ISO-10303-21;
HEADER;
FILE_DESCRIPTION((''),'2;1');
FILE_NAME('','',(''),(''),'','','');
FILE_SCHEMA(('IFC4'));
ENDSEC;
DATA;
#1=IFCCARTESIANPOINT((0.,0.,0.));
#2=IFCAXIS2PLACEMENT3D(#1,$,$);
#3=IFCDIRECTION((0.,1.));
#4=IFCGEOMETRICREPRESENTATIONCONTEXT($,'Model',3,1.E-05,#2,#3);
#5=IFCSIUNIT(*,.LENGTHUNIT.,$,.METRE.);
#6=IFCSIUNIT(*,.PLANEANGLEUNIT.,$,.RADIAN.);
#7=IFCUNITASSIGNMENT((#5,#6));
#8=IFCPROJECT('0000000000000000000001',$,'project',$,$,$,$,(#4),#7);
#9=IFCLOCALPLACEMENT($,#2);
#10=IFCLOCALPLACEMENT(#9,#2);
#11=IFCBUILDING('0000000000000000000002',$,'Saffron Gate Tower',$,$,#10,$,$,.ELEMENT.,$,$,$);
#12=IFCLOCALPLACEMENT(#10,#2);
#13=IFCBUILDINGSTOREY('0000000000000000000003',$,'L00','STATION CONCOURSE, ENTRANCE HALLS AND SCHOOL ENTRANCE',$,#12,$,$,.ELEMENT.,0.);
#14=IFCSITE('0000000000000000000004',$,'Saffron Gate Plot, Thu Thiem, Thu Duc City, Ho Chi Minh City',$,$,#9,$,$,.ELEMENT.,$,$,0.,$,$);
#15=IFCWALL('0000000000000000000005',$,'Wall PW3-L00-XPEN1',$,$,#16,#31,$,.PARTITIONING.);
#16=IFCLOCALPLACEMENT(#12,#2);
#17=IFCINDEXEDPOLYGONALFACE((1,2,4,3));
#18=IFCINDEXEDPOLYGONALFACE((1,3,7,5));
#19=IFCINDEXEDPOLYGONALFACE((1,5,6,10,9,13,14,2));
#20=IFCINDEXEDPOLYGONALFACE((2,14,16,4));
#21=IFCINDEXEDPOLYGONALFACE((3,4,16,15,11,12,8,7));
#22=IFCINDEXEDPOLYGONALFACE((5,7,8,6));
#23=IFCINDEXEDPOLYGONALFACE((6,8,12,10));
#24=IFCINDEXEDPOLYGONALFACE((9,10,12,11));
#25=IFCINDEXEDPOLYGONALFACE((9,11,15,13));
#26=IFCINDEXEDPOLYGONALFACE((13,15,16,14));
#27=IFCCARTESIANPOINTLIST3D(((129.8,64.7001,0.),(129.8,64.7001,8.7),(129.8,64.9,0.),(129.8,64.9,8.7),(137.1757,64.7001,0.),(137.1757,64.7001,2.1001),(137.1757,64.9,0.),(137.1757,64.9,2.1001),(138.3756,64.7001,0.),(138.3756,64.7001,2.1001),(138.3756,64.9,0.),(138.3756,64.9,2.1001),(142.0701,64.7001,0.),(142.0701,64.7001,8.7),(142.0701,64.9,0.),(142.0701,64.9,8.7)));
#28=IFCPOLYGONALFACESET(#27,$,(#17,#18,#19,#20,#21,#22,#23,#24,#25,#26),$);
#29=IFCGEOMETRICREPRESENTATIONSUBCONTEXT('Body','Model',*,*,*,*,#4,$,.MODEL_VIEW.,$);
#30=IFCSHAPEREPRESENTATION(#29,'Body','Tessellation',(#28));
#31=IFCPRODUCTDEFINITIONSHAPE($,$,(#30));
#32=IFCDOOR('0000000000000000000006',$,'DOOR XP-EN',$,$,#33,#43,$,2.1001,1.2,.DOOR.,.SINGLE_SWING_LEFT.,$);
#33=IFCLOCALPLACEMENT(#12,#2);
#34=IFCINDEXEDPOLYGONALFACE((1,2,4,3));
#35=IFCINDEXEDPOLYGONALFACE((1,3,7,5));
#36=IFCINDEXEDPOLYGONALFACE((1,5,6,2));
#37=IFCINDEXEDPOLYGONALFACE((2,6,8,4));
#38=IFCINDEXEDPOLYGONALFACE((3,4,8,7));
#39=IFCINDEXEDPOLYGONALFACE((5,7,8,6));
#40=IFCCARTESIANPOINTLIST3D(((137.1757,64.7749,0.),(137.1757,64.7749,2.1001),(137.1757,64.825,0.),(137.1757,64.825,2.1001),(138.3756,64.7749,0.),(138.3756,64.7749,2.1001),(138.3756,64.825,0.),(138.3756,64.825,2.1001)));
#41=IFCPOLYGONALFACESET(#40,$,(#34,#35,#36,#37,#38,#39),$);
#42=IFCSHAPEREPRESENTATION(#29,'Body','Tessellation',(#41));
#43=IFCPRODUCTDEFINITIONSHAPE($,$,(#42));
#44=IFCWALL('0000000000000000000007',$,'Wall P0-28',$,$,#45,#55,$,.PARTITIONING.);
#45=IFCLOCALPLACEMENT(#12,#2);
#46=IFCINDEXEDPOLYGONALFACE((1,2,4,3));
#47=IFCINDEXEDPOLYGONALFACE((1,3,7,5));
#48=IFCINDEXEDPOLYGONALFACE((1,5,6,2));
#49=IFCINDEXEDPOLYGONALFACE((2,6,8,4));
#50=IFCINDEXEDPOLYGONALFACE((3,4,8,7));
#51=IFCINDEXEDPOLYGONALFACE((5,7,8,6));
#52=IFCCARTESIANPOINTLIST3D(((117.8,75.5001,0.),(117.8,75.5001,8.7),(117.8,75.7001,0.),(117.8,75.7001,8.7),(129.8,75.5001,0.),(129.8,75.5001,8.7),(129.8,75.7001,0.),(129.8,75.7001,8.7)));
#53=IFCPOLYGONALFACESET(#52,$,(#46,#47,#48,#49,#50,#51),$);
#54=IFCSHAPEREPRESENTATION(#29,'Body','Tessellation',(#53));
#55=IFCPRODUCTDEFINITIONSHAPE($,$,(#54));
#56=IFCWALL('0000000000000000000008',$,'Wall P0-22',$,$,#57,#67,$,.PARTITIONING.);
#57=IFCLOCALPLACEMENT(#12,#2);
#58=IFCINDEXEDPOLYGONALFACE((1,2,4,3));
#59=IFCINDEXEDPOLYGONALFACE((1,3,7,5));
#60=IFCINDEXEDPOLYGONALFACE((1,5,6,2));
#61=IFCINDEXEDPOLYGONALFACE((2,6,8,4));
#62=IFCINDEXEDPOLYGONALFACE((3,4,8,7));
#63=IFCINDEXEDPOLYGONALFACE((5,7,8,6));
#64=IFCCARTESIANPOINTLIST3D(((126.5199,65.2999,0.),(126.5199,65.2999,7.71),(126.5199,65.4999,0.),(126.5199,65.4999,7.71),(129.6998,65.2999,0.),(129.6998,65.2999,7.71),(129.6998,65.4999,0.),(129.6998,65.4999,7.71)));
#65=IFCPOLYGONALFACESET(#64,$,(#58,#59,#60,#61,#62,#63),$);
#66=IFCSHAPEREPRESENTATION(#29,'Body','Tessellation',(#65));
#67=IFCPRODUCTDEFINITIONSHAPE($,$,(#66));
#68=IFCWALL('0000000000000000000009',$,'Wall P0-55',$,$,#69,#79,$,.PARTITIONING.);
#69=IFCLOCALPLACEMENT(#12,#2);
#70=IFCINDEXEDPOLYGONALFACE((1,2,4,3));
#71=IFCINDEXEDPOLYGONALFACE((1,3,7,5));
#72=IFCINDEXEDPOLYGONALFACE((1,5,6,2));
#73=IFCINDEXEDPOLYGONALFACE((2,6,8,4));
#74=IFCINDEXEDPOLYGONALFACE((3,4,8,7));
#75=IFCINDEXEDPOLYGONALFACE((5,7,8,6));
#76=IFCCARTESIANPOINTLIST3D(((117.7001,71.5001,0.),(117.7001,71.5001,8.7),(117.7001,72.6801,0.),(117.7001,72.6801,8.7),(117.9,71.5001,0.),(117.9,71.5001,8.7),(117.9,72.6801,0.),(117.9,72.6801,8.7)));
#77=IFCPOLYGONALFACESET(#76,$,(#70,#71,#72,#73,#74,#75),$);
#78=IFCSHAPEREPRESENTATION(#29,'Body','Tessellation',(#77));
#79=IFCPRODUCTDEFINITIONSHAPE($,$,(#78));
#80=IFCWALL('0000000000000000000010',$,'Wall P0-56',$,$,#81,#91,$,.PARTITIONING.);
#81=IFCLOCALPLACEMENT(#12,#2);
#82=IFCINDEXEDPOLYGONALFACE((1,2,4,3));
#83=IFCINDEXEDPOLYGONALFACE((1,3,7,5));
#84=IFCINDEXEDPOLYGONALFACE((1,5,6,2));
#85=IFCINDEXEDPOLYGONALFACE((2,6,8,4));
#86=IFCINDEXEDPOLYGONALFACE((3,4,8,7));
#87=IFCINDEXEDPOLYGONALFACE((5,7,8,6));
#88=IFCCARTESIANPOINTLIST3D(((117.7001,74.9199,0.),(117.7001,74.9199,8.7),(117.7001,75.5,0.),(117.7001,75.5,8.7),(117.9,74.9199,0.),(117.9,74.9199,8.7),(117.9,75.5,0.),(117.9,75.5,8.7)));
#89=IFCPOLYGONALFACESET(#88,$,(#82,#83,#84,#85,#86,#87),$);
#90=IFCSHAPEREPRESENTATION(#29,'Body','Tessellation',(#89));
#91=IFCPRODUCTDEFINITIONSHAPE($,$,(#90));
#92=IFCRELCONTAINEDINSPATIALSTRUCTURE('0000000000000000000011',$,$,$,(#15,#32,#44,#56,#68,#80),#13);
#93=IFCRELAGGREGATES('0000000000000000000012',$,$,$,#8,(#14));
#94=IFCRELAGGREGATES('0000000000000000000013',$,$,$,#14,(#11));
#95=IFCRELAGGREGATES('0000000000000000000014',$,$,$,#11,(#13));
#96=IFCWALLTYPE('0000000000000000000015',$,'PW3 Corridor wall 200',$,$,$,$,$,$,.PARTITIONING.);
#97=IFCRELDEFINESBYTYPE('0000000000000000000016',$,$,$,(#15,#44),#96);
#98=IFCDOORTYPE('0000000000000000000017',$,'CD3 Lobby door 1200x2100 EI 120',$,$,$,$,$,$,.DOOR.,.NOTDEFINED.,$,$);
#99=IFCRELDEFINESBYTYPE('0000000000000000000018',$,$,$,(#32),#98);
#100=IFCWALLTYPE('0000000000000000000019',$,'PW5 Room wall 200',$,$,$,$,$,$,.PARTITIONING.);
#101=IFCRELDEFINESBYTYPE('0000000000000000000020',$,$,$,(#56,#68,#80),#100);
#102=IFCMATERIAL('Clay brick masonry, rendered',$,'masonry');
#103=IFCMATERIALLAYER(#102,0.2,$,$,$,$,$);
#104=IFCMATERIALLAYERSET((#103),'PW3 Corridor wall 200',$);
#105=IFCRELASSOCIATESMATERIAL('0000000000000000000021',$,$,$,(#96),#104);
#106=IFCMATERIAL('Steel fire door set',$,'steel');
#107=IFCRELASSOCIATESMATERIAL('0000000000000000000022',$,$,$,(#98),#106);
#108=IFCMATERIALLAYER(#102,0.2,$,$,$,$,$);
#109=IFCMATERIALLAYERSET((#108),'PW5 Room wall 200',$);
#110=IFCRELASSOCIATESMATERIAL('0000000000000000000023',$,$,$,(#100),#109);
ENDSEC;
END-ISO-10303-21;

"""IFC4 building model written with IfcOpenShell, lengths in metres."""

from ifc_helpers import new_model, si_unit, direction, frame, frame_2d, origin, place, context, subcontext, project, spatial, rectangle, extrude, material, layer, layer_set, type_object, element, fill, save


model = new_model("IFC4")

# Units and contexts
model_context = context("Model", 3, precision=1e-05, world=origin(), true_north=direction((0.0, 1.0)))
body_context = subcontext(model_context, "Body", "Model", "MODEL_VIEW")
ifc_project = project(units=[si_unit("LENGTHUNIT", "METRE"), si_unit("PLANEANGLEUNIT", "RADIAN")], contexts=[model_context])

# Site, building, storey
site_placement = place(None, origin())
site = spatial("IfcSite", under=ifc_project, at=site_placement, Name="Saffron Gate Plot, Thu Thiem, Thu Duc City, Ho Chi Minh City", CompositionType="ELEMENT", RefElevation=0.0)
building_placement = place(site_placement, origin())
building = spatial("IfcBuilding", under=site, at=building_placement, Name="Saffron Gate Tower", CompositionType="ELEMENT")
storey_placement = place(building_placement, origin())
storey = spatial("IfcBuildingStorey", under=building, at=storey_placement, Name="L00", Description="STATION CONCOURSE, ENTRANCE HALLS AND SCHOOL ENTRANCE", CompositionType="ELEMENT", Elevation=0.0)

# Wall, opening, door
ifc_material_1 = material(Name="Clay brick masonry, rendered", Category="masonry")
ifc_layer_1 = layer(ifc_material_1, 0.2)
ifc_layer_set_1 = layer_set([ifc_layer_1], Name="PW3 Corridor wall 200")
wall_type_1 = type_object("IfcWallType", Name="PW3 Corridor wall 200", PredefinedType="PARTITIONING", material=ifc_layer_set_1)
wall_1_placement = place(storey_placement, frame((129.8, 64.8, 0.0), z_axis=(0.0, 0.0, 1.0), x_axis=(1.0, 0.0, 0.0)))
wall_1 = element("IfcWall", 1, at=wall_1_placement, inside=storey, type_object=wall_type_1, Name="Wall PW3-L00-XPEN1", PredefinedType="PARTITIONING", context=body_context, shape_type="SweptSolid", body=[
    extrude(rectangle(XDim=12.27, YDim=0.2, at=frame_2d((6.135, 0.0))), origin(), (0.0, 0.0, 1.0), 8.7),
])
opening_placement = place(wall_1_placement, frame((7.3755, 0.0, 0.0)))
opening = element("IfcOpeningElement", 2, at=opening_placement, cuts=wall_1, PredefinedType="OPENING", context=body_context, shape_type="SweptSolid", body=[
    extrude(rectangle(XDim=1.2, YDim=2.1001, at=frame_2d((0.6001, 1.05))), frame((0.0, 0.1099, 0.0), z_axis=(0.0, -1.0, 0.0), x_axis=(1.0, 0.0, 0.0)), (0.0, 0.0, 1.0), 0.22),
])
ifc_material_2 = material(Name="Steel fire door set", Category="steel")
door_type = type_object("IfcDoorType", Name="CD3 Lobby door 1200x2100 EI 120", OperationType="NOTDEFINED", PredefinedType="DOOR", material=ifc_material_2)
door_placement = place(opening_placement, origin())
door = element("IfcDoor", 3, at=door_placement, inside=storey, type_object=door_type, Name="DOOR XP-EN", OperationType="SINGLE_SWING_LEFT", OverallHeight=2.1001, OverallWidth=1.2, PredefinedType="DOOR", context=body_context, shape_type="SweptSolid", body=[
    extrude(rectangle(XDim=1.2, YDim=2.1001, at=frame_2d((0.6001, 1.05))), frame((0.0, 0.0249, 0.0), z_axis=(0.0, -1.0, 0.0), x_axis=(1.0, 0.0, 0.0)), (0.0, 0.0, 1.0), 0.05),
])
fill(opening, door)

# Walls
wall_2_placement = place(storey_placement, frame((117.8, 75.6001, 0.0), z_axis=(0.0, 0.0, 1.0), x_axis=(1.0, 0.0, 0.0)))
element("IfcWall", 4, at=wall_2_placement, inside=storey, type_object=wall_type_1, Name="Wall P0-28", PredefinedType="PARTITIONING", context=body_context, shape_type="SweptSolid", body=[
    extrude(rectangle(XDim=12.0, YDim=0.2, at=frame_2d((6.0, 0.0))), origin(), (0.0, 0.0, 1.0), 8.7),
])
ifc_layer_2 = layer(ifc_material_1, 0.2)
ifc_layer_set_2 = layer_set([ifc_layer_2], Name="PW5 Room wall 200")
wall_type_2 = type_object("IfcWallType", Name="PW5 Room wall 200", PredefinedType="PARTITIONING", material=ifc_layer_set_2)
wall_3_placement = place(storey_placement, frame((126.52, 65.3999, 0.0), z_axis=(0.0, 0.0, 1.0), x_axis=(1.0, 0.0, 0.0)))
element("IfcWall", 5, at=wall_3_placement, inside=storey, type_object=wall_type_2, Name="Wall P0-22", PredefinedType="PARTITIONING", context=body_context, shape_type="SweptSolid", body=[
    extrude(rectangle(XDim=3.1799, YDim=0.2, at=frame_2d((1.5898, 0.0))), origin(), (0.0, 0.0, 1.0), 7.71),
])
wall_4_placement = place(storey_placement, frame((117.8, 72.6799, 0.0), z_axis=(0.0, 0.0, 1.0), x_axis=(0.0, -1.0, 0.0)))
element("IfcWall", 6, at=wall_4_placement, inside=storey, type_object=wall_type_2, Name="Wall P0-55", PredefinedType="PARTITIONING", context=body_context, shape_type="SweptSolid", body=[
    extrude(rectangle(XDim=1.1799, YDim=0.2, at=frame_2d((0.5898, 0.0))), origin(), (0.0, 0.0, 1.0), 8.7),
])
wall_5_placement = place(storey_placement, frame((117.8, 75.5, 0.0), z_axis=(0.0, 0.0, 1.0), x_axis=(0.0, -1.0, 0.0)))
element("IfcWall", 7, at=wall_5_placement, inside=storey, type_object=wall_type_2, Name="Wall P0-56", PredefinedType="PARTITIONING", context=body_context, shape_type="SweptSolid", body=[
    extrude(rectangle(XDim=0.5801, YDim=0.2, at=frame_2d((0.29, 0.0))), origin(), (0.0, 0.0, 1.0), 8.7),
])

save(model, "model.ifc")
